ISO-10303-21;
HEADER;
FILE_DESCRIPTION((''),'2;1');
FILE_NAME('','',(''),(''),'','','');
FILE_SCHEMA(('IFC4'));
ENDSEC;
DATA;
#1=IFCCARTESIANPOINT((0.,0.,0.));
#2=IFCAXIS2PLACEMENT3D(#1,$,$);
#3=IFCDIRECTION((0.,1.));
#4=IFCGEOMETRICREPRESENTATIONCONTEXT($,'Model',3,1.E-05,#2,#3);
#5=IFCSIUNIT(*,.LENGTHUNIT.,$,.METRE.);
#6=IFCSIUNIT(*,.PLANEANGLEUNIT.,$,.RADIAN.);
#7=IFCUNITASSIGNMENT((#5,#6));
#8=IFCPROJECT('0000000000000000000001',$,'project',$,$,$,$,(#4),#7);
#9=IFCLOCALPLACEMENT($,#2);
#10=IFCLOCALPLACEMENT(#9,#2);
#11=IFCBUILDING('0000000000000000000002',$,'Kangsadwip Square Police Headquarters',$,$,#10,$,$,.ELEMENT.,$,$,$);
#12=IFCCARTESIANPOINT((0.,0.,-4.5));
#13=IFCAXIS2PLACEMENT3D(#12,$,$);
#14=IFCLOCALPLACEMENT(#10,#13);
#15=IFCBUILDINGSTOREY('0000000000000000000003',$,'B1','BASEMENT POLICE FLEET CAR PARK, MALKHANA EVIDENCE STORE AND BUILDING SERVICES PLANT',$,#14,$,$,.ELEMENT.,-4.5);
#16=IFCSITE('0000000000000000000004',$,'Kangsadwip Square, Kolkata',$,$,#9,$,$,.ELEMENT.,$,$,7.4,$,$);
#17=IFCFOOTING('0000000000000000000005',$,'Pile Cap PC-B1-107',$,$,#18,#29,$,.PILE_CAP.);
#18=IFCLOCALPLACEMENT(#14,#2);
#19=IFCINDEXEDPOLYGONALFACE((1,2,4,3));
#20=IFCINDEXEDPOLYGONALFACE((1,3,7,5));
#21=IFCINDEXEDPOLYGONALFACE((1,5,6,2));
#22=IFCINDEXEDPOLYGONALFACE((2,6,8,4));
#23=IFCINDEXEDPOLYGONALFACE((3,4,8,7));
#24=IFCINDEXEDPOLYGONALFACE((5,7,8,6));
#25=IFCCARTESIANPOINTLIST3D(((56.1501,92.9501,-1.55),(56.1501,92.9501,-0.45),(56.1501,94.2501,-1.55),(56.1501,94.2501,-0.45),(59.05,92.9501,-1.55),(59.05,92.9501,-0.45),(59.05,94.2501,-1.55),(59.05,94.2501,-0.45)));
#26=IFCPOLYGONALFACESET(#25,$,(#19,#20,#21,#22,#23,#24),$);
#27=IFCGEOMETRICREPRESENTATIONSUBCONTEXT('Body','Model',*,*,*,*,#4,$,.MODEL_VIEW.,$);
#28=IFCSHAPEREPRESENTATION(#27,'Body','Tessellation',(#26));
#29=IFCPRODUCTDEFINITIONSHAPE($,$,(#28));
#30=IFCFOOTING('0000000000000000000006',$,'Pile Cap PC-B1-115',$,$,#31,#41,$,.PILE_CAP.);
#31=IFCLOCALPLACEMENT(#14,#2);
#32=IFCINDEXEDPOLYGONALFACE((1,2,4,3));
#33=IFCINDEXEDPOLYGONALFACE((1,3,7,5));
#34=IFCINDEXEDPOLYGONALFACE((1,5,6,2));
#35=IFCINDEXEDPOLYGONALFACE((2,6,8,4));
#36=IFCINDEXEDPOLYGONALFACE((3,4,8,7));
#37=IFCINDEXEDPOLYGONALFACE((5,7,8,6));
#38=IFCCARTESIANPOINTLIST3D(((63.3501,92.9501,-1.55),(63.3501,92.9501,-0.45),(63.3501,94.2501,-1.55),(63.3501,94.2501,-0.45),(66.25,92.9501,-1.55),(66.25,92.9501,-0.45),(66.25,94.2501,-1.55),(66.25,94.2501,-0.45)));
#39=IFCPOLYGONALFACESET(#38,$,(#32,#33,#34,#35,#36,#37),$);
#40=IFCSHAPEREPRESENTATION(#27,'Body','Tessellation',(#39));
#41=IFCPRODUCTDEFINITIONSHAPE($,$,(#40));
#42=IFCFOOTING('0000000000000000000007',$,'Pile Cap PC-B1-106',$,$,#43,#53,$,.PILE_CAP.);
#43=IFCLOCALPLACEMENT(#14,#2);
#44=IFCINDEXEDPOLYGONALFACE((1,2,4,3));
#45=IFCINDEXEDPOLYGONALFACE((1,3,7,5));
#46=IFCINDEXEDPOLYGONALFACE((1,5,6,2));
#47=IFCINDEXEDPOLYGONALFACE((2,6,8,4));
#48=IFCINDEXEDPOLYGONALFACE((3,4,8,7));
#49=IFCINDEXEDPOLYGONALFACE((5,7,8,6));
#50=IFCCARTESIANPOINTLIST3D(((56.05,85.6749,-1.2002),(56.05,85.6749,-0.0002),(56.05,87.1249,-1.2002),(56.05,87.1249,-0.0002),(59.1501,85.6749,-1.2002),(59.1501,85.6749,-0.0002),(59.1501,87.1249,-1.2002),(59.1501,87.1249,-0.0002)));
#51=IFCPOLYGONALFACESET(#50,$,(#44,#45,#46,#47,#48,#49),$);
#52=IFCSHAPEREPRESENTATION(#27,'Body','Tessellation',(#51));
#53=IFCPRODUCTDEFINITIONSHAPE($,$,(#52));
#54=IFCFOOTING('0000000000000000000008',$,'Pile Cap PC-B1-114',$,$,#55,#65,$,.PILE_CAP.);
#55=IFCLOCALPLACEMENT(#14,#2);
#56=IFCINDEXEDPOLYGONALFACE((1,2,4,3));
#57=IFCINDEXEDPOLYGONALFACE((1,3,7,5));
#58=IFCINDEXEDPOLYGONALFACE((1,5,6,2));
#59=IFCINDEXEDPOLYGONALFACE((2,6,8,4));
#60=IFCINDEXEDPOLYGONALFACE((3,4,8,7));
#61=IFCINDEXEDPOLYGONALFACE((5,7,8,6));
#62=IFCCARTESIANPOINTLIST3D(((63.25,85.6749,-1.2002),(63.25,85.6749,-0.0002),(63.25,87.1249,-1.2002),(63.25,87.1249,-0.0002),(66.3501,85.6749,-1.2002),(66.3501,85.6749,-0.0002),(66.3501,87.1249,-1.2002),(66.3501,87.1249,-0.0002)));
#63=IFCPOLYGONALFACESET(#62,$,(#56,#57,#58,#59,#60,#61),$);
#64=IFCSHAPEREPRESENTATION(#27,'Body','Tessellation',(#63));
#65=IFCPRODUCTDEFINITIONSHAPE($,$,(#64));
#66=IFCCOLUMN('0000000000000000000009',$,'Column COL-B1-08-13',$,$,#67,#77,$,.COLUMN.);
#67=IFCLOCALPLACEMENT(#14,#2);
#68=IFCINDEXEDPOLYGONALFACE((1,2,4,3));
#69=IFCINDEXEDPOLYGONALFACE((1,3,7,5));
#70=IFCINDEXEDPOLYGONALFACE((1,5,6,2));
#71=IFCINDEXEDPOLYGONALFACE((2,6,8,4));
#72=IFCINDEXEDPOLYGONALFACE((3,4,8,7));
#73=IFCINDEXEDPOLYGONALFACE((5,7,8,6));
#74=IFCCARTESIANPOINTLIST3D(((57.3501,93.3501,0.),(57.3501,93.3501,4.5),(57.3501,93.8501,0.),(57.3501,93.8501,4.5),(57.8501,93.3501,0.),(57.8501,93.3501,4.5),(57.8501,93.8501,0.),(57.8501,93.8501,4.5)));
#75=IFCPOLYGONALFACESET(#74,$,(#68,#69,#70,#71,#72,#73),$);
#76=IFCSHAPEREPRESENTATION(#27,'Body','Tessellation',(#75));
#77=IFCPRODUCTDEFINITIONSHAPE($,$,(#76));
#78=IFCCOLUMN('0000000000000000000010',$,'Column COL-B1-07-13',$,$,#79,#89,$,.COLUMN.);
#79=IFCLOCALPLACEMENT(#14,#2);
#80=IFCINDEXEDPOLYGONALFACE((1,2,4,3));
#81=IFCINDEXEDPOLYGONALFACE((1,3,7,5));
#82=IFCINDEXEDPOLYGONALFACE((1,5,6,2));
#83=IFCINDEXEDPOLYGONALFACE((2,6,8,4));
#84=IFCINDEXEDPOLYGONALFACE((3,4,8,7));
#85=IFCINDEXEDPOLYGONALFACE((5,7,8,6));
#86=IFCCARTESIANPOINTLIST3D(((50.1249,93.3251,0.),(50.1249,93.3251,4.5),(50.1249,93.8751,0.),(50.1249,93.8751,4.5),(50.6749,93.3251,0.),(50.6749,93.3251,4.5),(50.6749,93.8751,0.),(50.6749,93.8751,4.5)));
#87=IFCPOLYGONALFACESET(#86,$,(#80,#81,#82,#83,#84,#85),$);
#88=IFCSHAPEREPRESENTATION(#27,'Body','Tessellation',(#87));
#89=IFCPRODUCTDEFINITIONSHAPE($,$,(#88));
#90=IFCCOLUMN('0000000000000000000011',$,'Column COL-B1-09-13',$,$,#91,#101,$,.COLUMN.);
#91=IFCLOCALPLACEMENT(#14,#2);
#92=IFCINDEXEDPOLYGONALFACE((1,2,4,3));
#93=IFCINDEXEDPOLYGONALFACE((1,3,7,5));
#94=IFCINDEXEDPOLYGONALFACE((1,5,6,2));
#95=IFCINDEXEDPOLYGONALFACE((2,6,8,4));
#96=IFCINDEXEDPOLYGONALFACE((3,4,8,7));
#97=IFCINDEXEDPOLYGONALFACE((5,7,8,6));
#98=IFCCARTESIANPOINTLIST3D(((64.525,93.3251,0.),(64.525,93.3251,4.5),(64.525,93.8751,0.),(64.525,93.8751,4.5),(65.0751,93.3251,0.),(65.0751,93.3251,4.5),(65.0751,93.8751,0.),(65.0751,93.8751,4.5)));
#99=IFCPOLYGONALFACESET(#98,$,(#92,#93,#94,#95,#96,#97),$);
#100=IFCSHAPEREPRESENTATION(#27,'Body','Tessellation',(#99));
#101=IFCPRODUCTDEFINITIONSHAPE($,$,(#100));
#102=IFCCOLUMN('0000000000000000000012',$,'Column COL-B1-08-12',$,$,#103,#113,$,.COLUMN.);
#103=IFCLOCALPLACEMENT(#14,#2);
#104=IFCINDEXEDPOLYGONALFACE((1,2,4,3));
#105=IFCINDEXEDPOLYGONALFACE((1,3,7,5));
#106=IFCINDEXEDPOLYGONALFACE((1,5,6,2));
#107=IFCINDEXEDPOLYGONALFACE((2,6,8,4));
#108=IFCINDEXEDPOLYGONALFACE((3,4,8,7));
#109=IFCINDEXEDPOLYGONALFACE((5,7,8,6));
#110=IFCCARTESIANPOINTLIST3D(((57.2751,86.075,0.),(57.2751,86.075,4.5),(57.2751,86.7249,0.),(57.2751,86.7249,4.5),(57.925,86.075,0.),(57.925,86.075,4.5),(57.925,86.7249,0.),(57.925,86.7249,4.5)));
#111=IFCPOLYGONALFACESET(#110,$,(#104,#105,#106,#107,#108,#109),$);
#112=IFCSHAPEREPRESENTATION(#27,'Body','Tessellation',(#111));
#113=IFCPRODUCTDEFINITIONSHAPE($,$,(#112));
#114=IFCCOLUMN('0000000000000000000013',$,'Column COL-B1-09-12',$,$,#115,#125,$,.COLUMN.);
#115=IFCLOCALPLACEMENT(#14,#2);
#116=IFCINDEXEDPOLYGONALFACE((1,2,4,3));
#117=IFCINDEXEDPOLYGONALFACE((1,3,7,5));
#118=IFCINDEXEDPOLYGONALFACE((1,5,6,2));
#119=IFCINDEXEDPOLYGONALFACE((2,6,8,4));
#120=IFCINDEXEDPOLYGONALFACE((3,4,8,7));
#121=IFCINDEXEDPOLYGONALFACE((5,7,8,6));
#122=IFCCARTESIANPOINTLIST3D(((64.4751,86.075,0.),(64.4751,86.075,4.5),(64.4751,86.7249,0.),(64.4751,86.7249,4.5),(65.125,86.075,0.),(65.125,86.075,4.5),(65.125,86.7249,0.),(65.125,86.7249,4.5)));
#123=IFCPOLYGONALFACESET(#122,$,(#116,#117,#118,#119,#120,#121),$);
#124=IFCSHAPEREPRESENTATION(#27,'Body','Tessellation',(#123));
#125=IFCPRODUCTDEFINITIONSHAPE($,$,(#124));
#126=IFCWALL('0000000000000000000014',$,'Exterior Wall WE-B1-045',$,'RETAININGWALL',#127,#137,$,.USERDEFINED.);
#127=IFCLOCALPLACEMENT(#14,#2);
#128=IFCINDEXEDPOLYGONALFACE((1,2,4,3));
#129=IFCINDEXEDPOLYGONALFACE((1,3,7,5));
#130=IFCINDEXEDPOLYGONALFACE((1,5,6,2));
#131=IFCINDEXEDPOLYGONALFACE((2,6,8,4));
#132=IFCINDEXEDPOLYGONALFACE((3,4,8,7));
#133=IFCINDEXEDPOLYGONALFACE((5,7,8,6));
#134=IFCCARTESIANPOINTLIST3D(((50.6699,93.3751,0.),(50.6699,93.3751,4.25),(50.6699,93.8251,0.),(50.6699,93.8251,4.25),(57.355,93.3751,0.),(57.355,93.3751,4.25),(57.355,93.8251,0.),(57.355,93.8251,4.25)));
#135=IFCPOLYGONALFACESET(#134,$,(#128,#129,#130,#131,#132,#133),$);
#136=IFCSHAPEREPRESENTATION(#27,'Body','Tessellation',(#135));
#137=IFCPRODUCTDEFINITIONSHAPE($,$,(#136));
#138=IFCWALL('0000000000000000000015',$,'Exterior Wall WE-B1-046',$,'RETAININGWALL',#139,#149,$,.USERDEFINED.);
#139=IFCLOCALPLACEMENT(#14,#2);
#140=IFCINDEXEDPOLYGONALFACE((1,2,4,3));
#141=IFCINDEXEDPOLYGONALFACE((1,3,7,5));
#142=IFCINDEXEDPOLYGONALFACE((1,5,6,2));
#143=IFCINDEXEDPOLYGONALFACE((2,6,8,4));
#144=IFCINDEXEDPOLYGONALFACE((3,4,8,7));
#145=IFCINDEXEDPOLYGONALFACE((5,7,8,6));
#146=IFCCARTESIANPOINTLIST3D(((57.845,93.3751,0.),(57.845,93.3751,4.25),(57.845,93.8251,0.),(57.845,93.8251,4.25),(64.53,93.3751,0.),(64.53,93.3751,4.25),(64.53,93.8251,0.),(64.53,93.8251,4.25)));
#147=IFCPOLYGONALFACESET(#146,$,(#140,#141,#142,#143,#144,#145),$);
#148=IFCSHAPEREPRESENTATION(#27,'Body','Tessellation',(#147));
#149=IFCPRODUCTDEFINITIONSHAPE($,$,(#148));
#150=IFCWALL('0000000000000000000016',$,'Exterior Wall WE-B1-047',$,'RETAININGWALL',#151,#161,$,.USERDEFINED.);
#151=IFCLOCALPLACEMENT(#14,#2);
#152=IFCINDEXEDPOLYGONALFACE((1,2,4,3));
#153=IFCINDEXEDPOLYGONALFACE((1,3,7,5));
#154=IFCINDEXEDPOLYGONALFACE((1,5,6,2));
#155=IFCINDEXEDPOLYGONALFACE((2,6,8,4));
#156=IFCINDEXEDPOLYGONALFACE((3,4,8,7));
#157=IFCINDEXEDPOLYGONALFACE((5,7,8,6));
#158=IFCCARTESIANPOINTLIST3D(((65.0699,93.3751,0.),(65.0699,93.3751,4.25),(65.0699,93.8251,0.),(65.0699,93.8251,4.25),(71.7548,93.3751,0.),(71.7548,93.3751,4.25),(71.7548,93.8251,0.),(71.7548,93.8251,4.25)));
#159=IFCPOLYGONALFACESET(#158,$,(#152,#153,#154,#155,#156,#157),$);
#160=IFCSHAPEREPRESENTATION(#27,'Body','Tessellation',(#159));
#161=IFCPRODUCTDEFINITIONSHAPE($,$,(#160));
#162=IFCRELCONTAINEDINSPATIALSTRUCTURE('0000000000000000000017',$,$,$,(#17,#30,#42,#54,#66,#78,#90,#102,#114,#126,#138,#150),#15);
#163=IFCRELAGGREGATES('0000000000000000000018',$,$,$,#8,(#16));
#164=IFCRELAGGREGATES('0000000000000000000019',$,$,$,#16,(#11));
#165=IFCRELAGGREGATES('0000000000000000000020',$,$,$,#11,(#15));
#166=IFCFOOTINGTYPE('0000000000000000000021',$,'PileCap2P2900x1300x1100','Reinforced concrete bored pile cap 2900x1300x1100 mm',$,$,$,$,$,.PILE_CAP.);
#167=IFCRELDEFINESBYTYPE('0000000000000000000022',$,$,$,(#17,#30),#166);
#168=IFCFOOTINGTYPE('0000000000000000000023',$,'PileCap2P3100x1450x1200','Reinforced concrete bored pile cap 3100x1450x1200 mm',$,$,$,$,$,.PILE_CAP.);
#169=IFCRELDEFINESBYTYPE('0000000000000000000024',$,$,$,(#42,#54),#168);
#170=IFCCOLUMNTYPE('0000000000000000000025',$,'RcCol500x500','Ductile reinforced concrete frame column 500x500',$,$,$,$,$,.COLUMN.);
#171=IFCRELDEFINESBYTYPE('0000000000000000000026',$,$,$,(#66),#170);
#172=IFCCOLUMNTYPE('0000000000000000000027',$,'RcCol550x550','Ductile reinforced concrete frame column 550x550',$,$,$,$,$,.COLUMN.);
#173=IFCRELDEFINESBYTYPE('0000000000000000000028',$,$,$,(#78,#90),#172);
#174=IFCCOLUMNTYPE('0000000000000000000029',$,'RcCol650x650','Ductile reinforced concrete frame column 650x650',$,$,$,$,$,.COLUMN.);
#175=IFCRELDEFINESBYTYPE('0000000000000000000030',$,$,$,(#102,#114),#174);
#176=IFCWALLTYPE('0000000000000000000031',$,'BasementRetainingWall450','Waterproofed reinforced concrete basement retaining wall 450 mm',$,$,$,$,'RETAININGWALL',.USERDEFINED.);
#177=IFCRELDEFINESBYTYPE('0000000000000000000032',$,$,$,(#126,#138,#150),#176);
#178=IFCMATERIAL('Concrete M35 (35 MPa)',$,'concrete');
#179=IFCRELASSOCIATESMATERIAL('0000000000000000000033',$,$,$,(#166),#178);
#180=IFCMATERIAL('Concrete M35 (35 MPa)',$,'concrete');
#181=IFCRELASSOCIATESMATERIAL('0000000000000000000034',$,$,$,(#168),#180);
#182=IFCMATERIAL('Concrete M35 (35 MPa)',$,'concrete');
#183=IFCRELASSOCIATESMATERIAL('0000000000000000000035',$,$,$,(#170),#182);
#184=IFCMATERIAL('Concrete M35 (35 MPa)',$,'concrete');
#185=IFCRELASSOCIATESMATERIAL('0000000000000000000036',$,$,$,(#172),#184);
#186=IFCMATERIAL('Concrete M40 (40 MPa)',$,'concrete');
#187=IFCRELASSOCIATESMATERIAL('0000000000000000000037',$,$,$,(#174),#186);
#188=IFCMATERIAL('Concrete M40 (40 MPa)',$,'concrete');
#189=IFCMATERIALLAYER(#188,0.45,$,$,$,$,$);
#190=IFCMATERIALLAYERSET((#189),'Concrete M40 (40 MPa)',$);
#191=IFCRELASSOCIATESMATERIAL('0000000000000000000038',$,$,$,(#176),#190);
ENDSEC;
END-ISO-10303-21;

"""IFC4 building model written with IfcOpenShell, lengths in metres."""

from ifc_helpers import new_model, si_unit, direction, frame, frame_2d, origin, origin_2d, place, context, subcontext, project, spatial, rectangle, extrude, material, layer, layer_set, material_profile, profile_set, type_object, element, save


model = new_model("IFC4")

# Units and contexts
model_context = context("Model", 3, precision=1e-05, world=origin(), true_north=direction((0.0, 1.0)))
body_context = subcontext(model_context, "Body", "Model", "MODEL_VIEW")
ifc_project = project(units=[si_unit("LENGTHUNIT", "METRE"), si_unit("PLANEANGLEUNIT", "RADIAN")], contexts=[model_context])

# Site, building, storey
site_placement = place(None, origin())
site = spatial("IfcSite", under=ifc_project, at=site_placement, Name="Kangsadwip Square, Kolkata", CompositionType="ELEMENT", RefElevation=7.4)
building_placement = place(site_placement, origin())
building = spatial("IfcBuilding", under=site, at=building_placement, Name="Kangsadwip Square Police Headquarters", CompositionType="ELEMENT")
storey_placement = place(building_placement, frame((0.0, 0.0, -4.5)))
storey = spatial("IfcBuildingStorey", under=building, at=storey_placement, Name="B1", Description="BASEMENT POLICE FLEET CAR PARK, MALKHANA EVIDENCE STORE AND BUILDING SERVICES PLANT", CompositionType="ELEMENT", Elevation=-4.5)

# Footings
ifc_material_1 = material(Name="Concrete M35 (35 MPa)", Category="concrete")
footing_type_1 = type_object("IfcFootingType", Name="PileCap2P2900x1300x1100", Description="Reinforced concrete bored pile cap 2900x1300x1100 mm", PredefinedType="PILE_CAP", material=ifc_material_1)
for number, where, z_axis, x_axis, name in (
    (1, (57.6001, 93.6001, -1.55), (0.0, 0.0, 1.0), (1.0, 0.0, 0.0), "Pile Cap PC-B1-107"),
    (2, (64.8, 93.6001, -1.55), (0.0, 0.0, 1.0), (1.0, 0.0, 0.0), "Pile Cap PC-B1-115"),
):
    element("IfcFooting", number, at=place(storey_placement, frame(where, z_axis=z_axis, x_axis=x_axis)), inside=storey, type_object=footing_type_1, Name=name, PredefinedType="PILE_CAP", context=body_context, shape_type="SweptSolid", body=[
        extrude(rectangle(XDim=2.8999, YDim=1.3, at=origin_2d()), origin(), (0.0, 0.0, 1.0), 1.1001),
    ])
ifc_material_2 = material(Name="Concrete M35 (35 MPa)", Category="concrete")
footing_type_2 = type_object("IfcFootingType", Name="PileCap2P3100x1450x1200", Description="Reinforced concrete bored pile cap 3100x1450x1200 mm", PredefinedType="PILE_CAP", material=ifc_material_2)
for number, where, z_axis, x_axis, name in (
    (3, (57.6001, 86.3999, -1.2002), (0.0, 0.0, 1.0), (1.0, 0.0, 0.0), "Pile Cap PC-B1-106"),
    (4, (64.8, 86.3999, -1.2002), (0.0, 0.0, 1.0), (1.0, 0.0, 0.0), "Pile Cap PC-B1-114"),
):
    element("IfcFooting", number, at=place(storey_placement, frame(where, z_axis=z_axis, x_axis=x_axis)), inside=storey, type_object=footing_type_2, Name=name, PredefinedType="PILE_CAP", context=body_context, shape_type="SweptSolid", body=[
        extrude(rectangle(XDim=3.1001, YDim=1.45, at=origin_2d()), origin(), (0.0, 0.0, 1.0), 1.2),
    ])

# Columns
ifc_material_3 = material(Name="Concrete M35 (35 MPa)", Category="concrete")
ifc_material_profile_1 = material_profile(ifc_material_3, rectangle(XDim=0.5, YDim=0.5, at=origin_2d()), Name="RC COL 500X500")
ifc_profile_set_1 = profile_set([ifc_material_profile_1], Name="Concrete M35 (35 MPa)")
column_type_1 = type_object("IfcColumnType", Name="RcCol500x500", Description="Ductile reinforced concrete frame column 500x500", PredefinedType="COLUMN", material=ifc_profile_set_1)
column_placement = place(storey_placement, frame((57.6001, 93.6001, 0.0), z_axis=(0.0, 0.0, 1.0), x_axis=(1.0, 0.0, 0.0)))
element("IfcColumn", 5, at=column_placement, inside=storey, type_object=column_type_1, Name="Column COL-B1-08-13", PredefinedType="COLUMN", context=body_context, shape_type="SweptSolid", body=[
    extrude(rectangle(XDim=0.5, YDim=0.5, at=origin_2d()), origin(), (0.0, 0.0, 1.0), 4.5),
])
ifc_material_4 = material(Name="Concrete M35 (35 MPa)", Category="concrete")
ifc_material_profile_2 = material_profile(ifc_material_4, rectangle(XDim=0.55, YDim=0.55, at=origin_2d()), Name="RC COL 550X550")
ifc_profile_set_2 = profile_set([ifc_material_profile_2], Name="Concrete M35 (35 MPa)")
column_type_2 = type_object("IfcColumnType", Name="RcCol550x550", Description="Ductile reinforced concrete frame column 550x550", PredefinedType="COLUMN", material=ifc_profile_set_2)
for number, where, z_axis, x_axis, name in (
    (6, (50.3999, 93.6001, 0.0), (0.0, 0.0, 1.0), (1.0, 0.0, 0.0), "Column COL-B1-07-13"),
    (7, (64.8, 93.6001, 0.0), (0.0, 0.0, 1.0), (1.0, 0.0, 0.0), "Column COL-B1-09-13"),
):
    element("IfcColumn", number, at=place(storey_placement, frame(where, z_axis=z_axis, x_axis=x_axis)), inside=storey, type_object=column_type_2, Name=name, PredefinedType="COLUMN", context=body_context, shape_type="SweptSolid", body=[
        extrude(rectangle(XDim=0.55, YDim=0.55, at=origin_2d()), origin(), (0.0, 0.0, 1.0), 4.5),
    ])
ifc_material_5 = material(Name="Concrete M40 (40 MPa)", Category="concrete")
ifc_material_profile_3 = material_profile(ifc_material_5, rectangle(XDim=0.6499, YDim=0.6499, at=origin_2d()), Name="RC COL 650X650")
ifc_profile_set_3 = profile_set([ifc_material_profile_3], Name="Concrete M40 (40 MPa)")
column_type_3 = type_object("IfcColumnType", Name="RcCol650x650", Description="Ductile reinforced concrete frame column 650x650", PredefinedType="COLUMN", material=ifc_profile_set_3)
for number, where, z_axis, x_axis, name in (
    (8, (57.6001, 86.3999, 0.0), (0.0, 0.0, 1.0), (1.0, 0.0, 0.0), "Column COL-B1-08-12"),
    (9, (64.8, 86.3999, 0.0), (0.0, 0.0, 1.0), (1.0, 0.0, 0.0), "Column COL-B1-09-12"),
):
    element("IfcColumn", number, at=place(storey_placement, frame(where, z_axis=z_axis, x_axis=x_axis)), inside=storey, type_object=column_type_3, Name=name, PredefinedType="COLUMN", context=body_context, shape_type="SweptSolid", body=[
        extrude(rectangle(XDim=0.6499, YDim=0.6499, at=origin_2d()), origin(), (0.0, 0.0, 1.0), 4.5),
    ])

# Walls
ifc_material_6 = material(Name="Concrete M40 (40 MPa)", Category="concrete")
ifc_layer = layer(ifc_material_6, 0.45)
ifc_layer_set = layer_set([ifc_layer], Name="Concrete M40 (40 MPa)")
wall_type = type_object("IfcWallType", Name="BasementRetainingWall450", Description="Waterproofed reinforced concrete basement retaining wall 450 mm", ElementType="RETAININGWALL", PredefinedType="USERDEFINED", material=ifc_layer_set)
for number, where, z_axis, x_axis, name in (
    (10, (50.6699, 93.6001, 0.0), (0.0, 0.0, 1.0), (1.0, 0.0, 0.0), "Exterior Wall WE-B1-045"),
    (11, (57.845, 93.6001, 0.0), (0.0, 0.0, 1.0), (1.0, 0.0, 0.0), "Exterior Wall WE-B1-046"),
):
    element("IfcWall", number, at=place(storey_placement, frame(where, z_axis=z_axis, x_axis=x_axis)), inside=storey, type_object=wall_type, Name=name, ObjectType="RETAININGWALL", PredefinedType="USERDEFINED", context=body_context, shape_type="SweptSolid", body=[
        extrude(rectangle(XDim=6.6851, YDim=0.45, at=frame_2d((3.3425, 0.0))), origin(), (0.0, 0.0, 1.0), 4.25),
    ])
wall_placement = place(storey_placement, frame((65.0701, 93.6001, 0.0), z_axis=(0.0, 0.0, 1.0), x_axis=(1.0, 0.0, 0.0)))
element("IfcWall", 12, at=wall_placement, inside=storey, type_object=wall_type, Name="Exterior Wall WE-B1-047", ObjectType="RETAININGWALL", PredefinedType="USERDEFINED", context=body_context, shape_type="SweptSolid", body=[
    extrude(rectangle(XDim=6.6848, YDim=0.45, at=frame_2d((3.3423, 0.0))), origin(), (0.0, 0.0, 1.0), 4.25),
])

save(model, "model.ifc")
